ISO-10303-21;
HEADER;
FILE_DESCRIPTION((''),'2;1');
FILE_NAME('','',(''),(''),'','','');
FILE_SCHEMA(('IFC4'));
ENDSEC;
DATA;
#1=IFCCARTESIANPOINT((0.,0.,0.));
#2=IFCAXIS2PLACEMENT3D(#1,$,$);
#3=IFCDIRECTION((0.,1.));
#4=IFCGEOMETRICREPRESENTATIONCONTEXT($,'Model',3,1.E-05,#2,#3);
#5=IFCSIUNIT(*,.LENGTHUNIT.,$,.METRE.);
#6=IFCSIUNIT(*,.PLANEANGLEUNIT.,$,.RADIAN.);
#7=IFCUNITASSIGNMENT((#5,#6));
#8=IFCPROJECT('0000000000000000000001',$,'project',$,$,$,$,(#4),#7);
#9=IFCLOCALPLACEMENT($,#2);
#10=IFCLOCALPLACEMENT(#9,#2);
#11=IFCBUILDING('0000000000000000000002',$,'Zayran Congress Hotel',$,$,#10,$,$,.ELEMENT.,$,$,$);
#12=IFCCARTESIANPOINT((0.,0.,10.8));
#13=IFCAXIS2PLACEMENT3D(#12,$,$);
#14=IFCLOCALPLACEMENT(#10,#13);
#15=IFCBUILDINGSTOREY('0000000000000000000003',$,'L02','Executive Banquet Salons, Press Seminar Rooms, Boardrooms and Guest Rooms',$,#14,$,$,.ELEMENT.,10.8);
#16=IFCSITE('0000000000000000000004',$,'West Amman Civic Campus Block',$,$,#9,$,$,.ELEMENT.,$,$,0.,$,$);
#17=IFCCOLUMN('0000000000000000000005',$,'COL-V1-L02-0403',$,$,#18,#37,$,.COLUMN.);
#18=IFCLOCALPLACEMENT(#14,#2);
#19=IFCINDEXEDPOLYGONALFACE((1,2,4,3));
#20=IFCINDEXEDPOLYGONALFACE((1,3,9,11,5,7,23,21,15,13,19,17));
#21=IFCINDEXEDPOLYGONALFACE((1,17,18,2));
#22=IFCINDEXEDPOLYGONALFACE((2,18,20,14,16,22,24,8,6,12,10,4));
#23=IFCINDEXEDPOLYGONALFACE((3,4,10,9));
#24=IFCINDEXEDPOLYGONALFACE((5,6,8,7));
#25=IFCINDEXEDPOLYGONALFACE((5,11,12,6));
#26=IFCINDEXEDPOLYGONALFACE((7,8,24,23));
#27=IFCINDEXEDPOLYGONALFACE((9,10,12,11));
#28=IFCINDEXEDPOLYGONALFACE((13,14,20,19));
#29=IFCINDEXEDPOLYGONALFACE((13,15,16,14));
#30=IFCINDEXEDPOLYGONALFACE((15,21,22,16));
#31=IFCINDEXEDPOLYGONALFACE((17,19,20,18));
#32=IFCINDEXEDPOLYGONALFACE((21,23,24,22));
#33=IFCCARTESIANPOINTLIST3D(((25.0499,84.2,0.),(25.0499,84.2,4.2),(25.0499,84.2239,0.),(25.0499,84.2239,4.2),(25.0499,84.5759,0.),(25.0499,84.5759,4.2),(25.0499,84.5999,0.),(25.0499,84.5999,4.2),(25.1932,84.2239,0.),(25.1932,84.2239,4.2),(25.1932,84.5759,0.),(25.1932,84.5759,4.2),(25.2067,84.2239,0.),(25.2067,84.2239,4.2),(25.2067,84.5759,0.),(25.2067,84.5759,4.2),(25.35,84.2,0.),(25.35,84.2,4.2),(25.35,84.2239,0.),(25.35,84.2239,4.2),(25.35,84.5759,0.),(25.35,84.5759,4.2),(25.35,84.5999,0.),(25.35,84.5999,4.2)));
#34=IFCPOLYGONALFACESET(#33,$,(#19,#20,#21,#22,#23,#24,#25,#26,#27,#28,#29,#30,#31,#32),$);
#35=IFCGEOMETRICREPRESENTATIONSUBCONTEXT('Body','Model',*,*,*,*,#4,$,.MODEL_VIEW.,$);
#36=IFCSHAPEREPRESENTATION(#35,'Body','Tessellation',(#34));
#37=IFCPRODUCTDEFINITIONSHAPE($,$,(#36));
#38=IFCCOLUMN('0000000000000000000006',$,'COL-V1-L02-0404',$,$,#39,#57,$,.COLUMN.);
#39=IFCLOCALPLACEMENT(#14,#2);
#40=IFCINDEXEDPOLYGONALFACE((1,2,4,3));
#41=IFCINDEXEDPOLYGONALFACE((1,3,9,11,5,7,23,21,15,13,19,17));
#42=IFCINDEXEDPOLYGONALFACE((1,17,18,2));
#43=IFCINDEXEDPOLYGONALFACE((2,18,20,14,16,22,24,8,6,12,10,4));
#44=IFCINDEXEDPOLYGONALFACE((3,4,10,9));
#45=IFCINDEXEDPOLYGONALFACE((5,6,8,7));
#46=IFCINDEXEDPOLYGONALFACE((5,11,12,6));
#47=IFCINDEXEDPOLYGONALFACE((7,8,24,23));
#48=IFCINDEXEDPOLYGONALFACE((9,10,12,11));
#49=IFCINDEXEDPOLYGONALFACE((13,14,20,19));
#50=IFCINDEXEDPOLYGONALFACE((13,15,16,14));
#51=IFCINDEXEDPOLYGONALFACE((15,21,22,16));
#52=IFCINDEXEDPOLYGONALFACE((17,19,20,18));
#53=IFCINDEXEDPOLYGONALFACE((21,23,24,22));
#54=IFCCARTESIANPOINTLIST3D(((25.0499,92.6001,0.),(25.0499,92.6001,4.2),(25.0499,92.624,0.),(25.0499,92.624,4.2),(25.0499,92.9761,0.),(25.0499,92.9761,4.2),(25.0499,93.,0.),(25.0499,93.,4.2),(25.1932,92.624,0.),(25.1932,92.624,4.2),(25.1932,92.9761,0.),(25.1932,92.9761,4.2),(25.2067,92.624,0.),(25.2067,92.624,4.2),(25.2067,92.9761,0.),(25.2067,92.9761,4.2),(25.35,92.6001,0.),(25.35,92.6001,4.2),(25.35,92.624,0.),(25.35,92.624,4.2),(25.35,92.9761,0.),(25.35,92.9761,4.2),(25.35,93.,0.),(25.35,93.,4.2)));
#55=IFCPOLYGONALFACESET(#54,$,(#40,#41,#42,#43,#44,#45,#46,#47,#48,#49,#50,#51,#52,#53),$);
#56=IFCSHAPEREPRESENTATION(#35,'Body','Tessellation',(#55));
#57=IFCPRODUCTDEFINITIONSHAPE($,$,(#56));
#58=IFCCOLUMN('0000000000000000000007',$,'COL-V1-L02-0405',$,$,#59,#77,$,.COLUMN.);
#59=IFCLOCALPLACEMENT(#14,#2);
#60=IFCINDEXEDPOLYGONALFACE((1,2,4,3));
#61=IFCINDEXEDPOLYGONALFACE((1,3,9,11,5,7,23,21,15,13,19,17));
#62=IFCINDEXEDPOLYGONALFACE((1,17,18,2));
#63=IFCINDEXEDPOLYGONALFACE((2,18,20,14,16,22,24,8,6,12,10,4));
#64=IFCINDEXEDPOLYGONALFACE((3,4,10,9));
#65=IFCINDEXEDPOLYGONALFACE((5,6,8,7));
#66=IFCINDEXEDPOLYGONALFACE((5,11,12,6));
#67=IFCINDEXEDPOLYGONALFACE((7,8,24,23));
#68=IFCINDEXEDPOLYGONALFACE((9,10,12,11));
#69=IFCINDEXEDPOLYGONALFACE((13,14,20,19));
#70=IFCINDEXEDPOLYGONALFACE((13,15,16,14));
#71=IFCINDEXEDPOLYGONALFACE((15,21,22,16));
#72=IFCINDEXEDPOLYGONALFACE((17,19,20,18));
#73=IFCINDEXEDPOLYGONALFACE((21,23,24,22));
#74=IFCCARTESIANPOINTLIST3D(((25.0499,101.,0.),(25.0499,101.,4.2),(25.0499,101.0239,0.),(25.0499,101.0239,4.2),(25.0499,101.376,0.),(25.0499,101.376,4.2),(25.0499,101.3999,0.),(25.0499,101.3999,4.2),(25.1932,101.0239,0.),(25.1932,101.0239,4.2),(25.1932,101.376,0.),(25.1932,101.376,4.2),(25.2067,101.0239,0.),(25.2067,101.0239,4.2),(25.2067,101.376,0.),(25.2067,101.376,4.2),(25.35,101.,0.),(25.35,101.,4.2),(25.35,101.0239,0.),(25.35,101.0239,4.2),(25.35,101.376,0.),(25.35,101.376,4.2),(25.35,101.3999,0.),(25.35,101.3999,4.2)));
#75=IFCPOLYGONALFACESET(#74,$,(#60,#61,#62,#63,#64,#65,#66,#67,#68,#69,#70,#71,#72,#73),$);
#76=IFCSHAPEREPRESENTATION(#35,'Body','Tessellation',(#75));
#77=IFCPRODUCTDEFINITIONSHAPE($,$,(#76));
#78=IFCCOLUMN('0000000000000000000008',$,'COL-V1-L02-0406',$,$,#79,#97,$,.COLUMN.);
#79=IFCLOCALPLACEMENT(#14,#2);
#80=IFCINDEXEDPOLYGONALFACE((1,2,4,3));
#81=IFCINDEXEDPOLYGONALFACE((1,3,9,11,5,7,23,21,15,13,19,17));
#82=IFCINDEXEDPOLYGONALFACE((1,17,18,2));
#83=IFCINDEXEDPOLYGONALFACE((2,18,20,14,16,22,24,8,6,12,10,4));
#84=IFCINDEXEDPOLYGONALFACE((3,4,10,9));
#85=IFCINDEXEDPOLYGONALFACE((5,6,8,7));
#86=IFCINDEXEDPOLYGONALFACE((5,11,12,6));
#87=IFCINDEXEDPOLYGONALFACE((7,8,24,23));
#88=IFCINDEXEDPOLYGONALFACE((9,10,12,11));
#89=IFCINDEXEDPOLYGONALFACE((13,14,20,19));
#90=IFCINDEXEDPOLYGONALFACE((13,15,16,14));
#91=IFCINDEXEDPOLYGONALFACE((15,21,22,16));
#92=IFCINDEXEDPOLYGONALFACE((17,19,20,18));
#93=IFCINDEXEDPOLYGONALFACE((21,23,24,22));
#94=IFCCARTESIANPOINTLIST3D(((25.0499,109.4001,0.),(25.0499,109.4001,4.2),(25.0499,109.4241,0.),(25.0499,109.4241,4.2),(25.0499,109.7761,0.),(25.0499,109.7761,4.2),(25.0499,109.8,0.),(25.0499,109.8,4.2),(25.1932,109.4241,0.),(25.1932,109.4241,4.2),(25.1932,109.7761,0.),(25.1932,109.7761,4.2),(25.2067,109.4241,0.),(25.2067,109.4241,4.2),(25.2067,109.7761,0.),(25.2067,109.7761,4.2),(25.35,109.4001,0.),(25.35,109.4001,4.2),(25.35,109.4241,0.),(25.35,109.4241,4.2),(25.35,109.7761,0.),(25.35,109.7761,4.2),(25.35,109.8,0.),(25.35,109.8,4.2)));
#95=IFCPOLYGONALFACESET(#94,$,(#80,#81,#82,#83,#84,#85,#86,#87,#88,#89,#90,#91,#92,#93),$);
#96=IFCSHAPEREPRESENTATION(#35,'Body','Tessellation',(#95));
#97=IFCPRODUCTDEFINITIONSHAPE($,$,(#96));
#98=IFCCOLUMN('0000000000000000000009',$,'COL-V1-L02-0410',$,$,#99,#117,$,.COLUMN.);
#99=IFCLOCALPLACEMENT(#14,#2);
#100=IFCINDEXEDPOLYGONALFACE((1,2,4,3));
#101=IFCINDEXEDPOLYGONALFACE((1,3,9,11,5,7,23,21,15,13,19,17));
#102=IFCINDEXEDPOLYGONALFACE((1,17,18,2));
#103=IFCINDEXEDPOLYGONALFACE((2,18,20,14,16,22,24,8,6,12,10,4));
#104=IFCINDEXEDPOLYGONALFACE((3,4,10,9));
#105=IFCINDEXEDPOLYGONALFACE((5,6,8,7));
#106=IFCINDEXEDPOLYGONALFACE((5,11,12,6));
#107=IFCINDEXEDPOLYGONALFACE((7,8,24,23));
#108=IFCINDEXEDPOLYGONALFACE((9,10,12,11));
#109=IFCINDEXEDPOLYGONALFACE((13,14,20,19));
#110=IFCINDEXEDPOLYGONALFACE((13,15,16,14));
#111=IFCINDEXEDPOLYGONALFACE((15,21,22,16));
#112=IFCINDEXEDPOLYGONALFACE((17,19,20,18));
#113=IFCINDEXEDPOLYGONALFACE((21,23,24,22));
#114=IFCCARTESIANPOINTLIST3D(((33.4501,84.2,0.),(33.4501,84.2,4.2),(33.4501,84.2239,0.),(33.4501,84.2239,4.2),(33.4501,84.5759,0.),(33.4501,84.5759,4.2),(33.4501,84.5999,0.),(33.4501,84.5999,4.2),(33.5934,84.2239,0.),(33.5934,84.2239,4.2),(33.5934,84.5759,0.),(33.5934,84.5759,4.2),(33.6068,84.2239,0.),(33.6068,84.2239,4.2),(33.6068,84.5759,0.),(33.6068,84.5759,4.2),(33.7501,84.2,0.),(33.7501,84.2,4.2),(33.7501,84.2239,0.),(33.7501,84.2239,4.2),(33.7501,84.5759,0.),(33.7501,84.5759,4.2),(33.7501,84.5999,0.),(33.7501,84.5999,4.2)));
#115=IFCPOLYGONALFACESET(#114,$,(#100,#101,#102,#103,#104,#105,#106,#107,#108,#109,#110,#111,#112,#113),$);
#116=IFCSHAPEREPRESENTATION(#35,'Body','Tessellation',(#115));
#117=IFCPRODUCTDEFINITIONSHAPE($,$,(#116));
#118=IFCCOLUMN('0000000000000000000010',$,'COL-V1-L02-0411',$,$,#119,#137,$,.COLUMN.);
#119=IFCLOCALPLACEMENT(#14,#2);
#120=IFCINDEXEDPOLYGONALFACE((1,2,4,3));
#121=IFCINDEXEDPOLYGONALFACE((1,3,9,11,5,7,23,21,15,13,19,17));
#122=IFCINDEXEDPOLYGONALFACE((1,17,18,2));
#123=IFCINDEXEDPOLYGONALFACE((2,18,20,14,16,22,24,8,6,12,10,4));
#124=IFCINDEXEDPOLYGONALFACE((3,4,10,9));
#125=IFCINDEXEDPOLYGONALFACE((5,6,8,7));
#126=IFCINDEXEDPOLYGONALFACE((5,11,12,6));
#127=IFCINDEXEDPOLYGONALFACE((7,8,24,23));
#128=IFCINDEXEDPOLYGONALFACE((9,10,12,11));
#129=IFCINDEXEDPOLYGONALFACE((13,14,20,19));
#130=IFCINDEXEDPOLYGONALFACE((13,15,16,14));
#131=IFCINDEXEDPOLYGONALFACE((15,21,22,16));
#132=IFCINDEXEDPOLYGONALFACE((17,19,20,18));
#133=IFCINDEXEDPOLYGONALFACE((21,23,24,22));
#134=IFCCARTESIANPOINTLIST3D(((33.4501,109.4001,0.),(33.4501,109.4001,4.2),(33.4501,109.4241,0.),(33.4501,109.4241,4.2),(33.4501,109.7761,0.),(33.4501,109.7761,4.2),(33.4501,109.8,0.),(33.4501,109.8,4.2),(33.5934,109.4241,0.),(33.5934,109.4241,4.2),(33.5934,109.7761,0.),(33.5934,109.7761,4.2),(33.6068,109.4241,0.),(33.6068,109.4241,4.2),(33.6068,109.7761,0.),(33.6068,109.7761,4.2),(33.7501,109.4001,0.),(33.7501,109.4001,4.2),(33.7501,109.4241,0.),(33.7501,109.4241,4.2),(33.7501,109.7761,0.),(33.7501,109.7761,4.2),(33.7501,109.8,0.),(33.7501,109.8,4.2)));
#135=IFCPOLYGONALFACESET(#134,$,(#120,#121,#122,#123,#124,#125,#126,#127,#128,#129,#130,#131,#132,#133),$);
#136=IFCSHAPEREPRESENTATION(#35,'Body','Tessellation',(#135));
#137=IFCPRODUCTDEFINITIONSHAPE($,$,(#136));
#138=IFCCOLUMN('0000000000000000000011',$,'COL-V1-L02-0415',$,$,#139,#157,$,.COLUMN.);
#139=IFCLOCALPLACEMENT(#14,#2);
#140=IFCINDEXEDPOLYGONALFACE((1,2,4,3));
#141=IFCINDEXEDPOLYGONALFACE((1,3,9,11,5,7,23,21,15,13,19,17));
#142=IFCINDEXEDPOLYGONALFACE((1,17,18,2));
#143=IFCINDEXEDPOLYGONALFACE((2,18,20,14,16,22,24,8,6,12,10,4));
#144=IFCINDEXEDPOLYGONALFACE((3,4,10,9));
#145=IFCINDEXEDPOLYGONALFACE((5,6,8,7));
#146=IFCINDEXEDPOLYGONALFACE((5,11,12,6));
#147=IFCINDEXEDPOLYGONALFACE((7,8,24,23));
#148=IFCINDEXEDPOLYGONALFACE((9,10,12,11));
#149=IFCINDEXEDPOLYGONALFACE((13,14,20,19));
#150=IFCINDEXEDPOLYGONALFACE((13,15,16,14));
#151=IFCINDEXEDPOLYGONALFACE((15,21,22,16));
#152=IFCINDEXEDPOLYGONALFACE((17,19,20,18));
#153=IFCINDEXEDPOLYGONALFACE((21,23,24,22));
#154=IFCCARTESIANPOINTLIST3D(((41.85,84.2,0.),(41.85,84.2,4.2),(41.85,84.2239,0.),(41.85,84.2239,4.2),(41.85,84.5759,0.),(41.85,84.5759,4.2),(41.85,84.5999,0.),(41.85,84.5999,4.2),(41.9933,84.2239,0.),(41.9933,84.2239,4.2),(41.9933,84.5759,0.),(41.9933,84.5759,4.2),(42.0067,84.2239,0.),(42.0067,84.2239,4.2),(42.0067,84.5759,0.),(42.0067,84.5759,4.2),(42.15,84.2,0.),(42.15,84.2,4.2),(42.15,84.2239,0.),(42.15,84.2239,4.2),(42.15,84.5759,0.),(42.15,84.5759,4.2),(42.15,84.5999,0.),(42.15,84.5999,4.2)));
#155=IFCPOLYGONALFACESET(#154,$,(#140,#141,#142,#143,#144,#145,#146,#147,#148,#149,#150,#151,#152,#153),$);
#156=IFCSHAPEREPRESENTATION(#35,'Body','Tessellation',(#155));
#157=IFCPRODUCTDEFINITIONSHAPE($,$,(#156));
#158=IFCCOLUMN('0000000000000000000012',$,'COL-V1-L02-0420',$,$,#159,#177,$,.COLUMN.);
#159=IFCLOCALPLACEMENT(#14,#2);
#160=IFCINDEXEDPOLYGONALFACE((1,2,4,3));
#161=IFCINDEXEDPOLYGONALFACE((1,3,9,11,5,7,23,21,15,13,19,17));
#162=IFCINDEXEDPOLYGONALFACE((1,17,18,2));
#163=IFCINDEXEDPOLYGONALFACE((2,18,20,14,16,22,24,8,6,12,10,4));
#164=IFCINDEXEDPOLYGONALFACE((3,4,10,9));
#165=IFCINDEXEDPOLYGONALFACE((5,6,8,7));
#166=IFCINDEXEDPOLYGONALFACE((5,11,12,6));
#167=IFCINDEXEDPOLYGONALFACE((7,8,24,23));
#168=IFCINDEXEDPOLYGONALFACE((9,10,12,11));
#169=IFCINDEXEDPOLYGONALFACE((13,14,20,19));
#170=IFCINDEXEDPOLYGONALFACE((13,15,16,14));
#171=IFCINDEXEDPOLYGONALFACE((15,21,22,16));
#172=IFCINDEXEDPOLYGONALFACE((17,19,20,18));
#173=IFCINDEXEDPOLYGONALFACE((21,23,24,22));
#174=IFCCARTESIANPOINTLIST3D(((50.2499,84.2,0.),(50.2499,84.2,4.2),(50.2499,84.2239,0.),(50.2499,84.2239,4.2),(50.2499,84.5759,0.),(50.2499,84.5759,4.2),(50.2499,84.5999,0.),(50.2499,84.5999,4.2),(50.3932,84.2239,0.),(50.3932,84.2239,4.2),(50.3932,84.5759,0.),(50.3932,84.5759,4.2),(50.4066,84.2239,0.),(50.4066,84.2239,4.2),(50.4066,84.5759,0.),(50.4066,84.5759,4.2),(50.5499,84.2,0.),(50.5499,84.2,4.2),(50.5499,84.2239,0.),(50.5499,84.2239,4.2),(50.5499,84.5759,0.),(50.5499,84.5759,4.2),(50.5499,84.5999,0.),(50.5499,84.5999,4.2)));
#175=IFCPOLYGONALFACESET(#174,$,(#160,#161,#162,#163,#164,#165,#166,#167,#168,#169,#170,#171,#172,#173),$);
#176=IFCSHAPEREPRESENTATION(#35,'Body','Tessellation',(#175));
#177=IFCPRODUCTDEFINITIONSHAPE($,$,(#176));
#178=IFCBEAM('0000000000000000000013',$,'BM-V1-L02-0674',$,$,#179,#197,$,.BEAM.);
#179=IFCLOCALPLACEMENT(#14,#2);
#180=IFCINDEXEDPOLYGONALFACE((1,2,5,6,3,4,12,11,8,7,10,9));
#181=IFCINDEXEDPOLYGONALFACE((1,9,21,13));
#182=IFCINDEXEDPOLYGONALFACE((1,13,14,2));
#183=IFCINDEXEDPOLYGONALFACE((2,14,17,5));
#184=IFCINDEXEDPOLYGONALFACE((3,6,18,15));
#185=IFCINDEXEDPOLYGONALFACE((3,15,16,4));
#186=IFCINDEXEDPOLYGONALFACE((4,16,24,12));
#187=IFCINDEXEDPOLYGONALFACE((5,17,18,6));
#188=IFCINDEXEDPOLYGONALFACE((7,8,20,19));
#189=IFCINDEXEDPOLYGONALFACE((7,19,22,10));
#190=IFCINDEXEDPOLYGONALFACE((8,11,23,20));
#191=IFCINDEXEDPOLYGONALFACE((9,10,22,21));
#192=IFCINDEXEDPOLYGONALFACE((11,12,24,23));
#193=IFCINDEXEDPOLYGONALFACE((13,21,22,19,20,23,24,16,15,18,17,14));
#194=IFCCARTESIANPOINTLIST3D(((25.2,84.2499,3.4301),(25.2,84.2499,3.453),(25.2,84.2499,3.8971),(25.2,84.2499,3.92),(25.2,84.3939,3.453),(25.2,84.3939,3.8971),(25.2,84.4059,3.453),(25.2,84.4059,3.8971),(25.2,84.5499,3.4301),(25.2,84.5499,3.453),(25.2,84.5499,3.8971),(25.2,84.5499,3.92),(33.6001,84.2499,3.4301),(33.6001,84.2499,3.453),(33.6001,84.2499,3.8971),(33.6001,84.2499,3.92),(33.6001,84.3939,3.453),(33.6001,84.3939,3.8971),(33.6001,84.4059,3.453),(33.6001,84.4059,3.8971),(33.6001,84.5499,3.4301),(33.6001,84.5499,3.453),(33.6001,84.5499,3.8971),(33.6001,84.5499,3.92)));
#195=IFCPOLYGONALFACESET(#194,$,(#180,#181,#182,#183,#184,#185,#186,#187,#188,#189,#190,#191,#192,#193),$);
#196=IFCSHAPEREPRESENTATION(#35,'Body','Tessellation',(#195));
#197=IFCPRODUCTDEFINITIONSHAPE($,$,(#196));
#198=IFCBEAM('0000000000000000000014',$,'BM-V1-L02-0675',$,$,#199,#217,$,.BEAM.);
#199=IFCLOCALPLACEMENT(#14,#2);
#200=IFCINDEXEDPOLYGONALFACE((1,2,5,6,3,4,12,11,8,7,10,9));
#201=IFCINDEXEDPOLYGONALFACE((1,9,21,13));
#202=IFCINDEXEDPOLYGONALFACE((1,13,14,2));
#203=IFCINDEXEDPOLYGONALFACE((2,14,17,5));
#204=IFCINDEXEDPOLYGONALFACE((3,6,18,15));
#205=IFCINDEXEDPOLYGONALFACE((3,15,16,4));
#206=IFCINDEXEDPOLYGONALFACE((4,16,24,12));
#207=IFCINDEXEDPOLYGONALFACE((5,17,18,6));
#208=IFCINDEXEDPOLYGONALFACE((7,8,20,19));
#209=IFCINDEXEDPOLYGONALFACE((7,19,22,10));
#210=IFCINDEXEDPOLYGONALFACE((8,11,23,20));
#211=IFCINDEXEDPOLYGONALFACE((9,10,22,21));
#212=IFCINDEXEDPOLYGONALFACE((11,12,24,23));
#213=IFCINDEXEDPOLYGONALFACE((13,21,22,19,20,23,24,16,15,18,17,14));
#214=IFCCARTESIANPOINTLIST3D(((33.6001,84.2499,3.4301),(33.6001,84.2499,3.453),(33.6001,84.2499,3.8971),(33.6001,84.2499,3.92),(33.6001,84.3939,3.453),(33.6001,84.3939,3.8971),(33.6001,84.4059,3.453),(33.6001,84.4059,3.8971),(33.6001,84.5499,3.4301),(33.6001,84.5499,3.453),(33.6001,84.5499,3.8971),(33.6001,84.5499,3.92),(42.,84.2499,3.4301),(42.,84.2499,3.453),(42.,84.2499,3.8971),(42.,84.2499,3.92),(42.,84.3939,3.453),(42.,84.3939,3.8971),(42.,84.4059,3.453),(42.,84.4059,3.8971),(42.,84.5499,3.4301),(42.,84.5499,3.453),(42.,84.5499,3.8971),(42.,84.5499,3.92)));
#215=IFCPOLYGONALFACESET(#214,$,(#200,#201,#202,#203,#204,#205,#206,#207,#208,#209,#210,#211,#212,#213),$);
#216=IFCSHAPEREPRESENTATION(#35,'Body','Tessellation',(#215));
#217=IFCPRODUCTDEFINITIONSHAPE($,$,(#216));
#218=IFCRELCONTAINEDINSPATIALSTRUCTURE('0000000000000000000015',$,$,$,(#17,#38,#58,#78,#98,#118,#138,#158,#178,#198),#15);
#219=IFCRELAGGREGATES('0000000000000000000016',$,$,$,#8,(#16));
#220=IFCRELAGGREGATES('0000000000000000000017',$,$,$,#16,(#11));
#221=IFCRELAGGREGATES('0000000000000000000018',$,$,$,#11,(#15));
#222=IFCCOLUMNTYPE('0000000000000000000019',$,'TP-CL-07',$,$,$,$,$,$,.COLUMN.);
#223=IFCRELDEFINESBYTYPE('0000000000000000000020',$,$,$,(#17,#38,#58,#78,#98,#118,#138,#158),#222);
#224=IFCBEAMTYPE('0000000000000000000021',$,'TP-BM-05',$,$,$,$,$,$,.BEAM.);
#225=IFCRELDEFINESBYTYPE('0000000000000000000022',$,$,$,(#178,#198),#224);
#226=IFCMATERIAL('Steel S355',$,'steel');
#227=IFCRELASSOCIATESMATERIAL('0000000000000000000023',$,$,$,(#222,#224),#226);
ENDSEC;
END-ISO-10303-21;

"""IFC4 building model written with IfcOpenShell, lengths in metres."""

from ifc_helpers import new_model, si_unit, direction, frame, origin, origin_2d, place, context, subcontext, project, spatial, i_section, extrude, material, material_profile, profile_set, type_object, element, save


model = new_model("IFC4")

# Units and contexts
model_context = context("Model", 3, precision=1e-05, world=origin(), true_north=direction((0.0, 1.0)))
body_context = subcontext(model_context, "Body", "Model", "MODEL_VIEW")
ifc_project = project(units=[si_unit("LENGTHUNIT", "METRE"), si_unit("PLANEANGLEUNIT", "RADIAN")], contexts=[model_context])

# Site, building, storey
site_placement = place(None, origin())
site = spatial("IfcSite", under=ifc_project, at=site_placement, Name="West Amman Civic Campus Block", CompositionType="ELEMENT", RefElevation=0.0)
building_placement = place(site_placement, origin())
building = spatial("IfcBuilding", under=site, at=building_placement, Name="Zayran Congress Hotel", CompositionType="ELEMENT")
storey_placement = place(building_placement, frame((0.0, 0.0, 10.8)))
storey = spatial("IfcBuildingStorey", under=building, at=storey_placement, Name="L02", Description="Executive Banquet Salons, Press Seminar Rooms, Boardrooms and Guest Rooms", CompositionType="ELEMENT", Elevation=10.8)

# Columns
ifc_material_1 = material(Name="Steel S355", Category="steel")
ifc_material_profile_1 = material_profile(ifc_material_1, i_section(OverallWidth=0.3, OverallDepth=0.3999, WebThickness=0.0134, FlangeThickness=0.0239, at=origin_2d()), Name="HEB 400")
ifc_profile_set_1 = profile_set([ifc_material_profile_1], Name="Steel S355")
column_type = type_object("IfcColumnType", Name="TP-CL-07", PredefinedType="COLUMN", material=ifc_profile_set_1)
for number, where, z_axis, x_axis, name in (
    (1, (25.2, 84.3999, 0.0), (0.0, 0.0, 1.0), (1.0, 0.0, 0.0), "COL-V1-L02-0403"),
    (2, (25.2, 92.8, 0.0), (0.0, 0.0, 1.0), (1.0, 0.0, 0.0), "COL-V1-L02-0404"),
    (3, (25.2, 101.2, 0.0), (0.0, 0.0, 1.0), (1.0, 0.0, 0.0), "COL-V1-L02-0405"),
    (4, (25.2, 109.6001, 0.0), (0.0, 0.0, 1.0), (1.0, 0.0, 0.0), "COL-V1-L02-0406"),
    (5, (33.6001, 84.3999, 0.0), (0.0, 0.0, 1.0), (1.0, 0.0, 0.0), "COL-V1-L02-0410"),
    (6, (33.6001, 109.6001, 0.0), (0.0, 0.0, 1.0), (1.0, 0.0, 0.0), "COL-V1-L02-0411"),
    (7, (42.0, 84.3999, 0.0), (0.0, 0.0, 1.0), (1.0, 0.0, 0.0), "COL-V1-L02-0415"),
    (8, (50.3999, 84.3999, 0.0), (0.0, 0.0, 1.0), (1.0, 0.0, 0.0), "COL-V1-L02-0420"),
):
    element("IfcColumn", number, at=place(storey_placement, frame(where, z_axis=z_axis, x_axis=x_axis)), inside=storey, type_object=column_type, Name=name, PredefinedType="COLUMN", context=body_context, shape_type="SweptSolid", body=[
        extrude(i_section(OverallWidth=0.3, OverallDepth=0.3999, WebThickness=0.0134, FlangeThickness=0.0239, at=origin_2d()), origin(), (0.0, 0.0, 1.0), 4.2),
    ])

# Beams
ifc_material_profile_2 = material_profile(ifc_material_1, i_section(OverallWidth=0.3, OverallDepth=0.49, WebThickness=0.012, FlangeThickness=0.0229, at=origin_2d()), Name="HEA 500")
ifc_profile_set_2 = profile_set([ifc_material_profile_2], Name="Steel S355")
beam_type_1 = type_object("IfcBeamType", Name="TP-BM-05", PredefinedType="BEAM", material=ifc_profile_set_2)
beam_1_placement = place(storey_placement, frame((25.2, 84.3999, 3.675), z_axis=(1.0, 0.0, 0.0), x_axis=(0.0, 1.0, 0.0)))
element("IfcBeam", 9, at=beam_1_placement, inside=storey, type_object=beam_type_1, Name="BM-V1-L02-0674", PredefinedType="BEAM", context=body_context, shape_type="SweptSolid", body=[
    extrude(i_section(OverallWidth=0.3, OverallDepth=0.49, WebThickness=0.012, FlangeThickness=0.0229, at=origin_2d()), origin(), (0.0, 0.0, 1.0), 8.4001),
])
for number, where, z_axis, x_axis, name in (
    (10, (33.6001, 84.3999, 3.675), (1.0, 0.0, 0.0), (0.0, 1.0, 0.0), "BM-V1-L02-0675"),
):
    element("IfcBeam", number, at=place(storey_placement, frame(where, z_axis=z_axis, x_axis=x_axis)), inside=storey, type_object=beam_type_1, Name=name, PredefinedType="BEAM", context=body_context, shape_type="SweptSolid", body=[
        extrude(i_section(OverallWidth=0.3, OverallDepth=0.49, WebThickness=0.012, FlangeThickness=0.0229, at=origin_2d()), origin(), (0.0, 0.0, 1.0), 8.3999),
    ])

save(model, "model.ifc")
